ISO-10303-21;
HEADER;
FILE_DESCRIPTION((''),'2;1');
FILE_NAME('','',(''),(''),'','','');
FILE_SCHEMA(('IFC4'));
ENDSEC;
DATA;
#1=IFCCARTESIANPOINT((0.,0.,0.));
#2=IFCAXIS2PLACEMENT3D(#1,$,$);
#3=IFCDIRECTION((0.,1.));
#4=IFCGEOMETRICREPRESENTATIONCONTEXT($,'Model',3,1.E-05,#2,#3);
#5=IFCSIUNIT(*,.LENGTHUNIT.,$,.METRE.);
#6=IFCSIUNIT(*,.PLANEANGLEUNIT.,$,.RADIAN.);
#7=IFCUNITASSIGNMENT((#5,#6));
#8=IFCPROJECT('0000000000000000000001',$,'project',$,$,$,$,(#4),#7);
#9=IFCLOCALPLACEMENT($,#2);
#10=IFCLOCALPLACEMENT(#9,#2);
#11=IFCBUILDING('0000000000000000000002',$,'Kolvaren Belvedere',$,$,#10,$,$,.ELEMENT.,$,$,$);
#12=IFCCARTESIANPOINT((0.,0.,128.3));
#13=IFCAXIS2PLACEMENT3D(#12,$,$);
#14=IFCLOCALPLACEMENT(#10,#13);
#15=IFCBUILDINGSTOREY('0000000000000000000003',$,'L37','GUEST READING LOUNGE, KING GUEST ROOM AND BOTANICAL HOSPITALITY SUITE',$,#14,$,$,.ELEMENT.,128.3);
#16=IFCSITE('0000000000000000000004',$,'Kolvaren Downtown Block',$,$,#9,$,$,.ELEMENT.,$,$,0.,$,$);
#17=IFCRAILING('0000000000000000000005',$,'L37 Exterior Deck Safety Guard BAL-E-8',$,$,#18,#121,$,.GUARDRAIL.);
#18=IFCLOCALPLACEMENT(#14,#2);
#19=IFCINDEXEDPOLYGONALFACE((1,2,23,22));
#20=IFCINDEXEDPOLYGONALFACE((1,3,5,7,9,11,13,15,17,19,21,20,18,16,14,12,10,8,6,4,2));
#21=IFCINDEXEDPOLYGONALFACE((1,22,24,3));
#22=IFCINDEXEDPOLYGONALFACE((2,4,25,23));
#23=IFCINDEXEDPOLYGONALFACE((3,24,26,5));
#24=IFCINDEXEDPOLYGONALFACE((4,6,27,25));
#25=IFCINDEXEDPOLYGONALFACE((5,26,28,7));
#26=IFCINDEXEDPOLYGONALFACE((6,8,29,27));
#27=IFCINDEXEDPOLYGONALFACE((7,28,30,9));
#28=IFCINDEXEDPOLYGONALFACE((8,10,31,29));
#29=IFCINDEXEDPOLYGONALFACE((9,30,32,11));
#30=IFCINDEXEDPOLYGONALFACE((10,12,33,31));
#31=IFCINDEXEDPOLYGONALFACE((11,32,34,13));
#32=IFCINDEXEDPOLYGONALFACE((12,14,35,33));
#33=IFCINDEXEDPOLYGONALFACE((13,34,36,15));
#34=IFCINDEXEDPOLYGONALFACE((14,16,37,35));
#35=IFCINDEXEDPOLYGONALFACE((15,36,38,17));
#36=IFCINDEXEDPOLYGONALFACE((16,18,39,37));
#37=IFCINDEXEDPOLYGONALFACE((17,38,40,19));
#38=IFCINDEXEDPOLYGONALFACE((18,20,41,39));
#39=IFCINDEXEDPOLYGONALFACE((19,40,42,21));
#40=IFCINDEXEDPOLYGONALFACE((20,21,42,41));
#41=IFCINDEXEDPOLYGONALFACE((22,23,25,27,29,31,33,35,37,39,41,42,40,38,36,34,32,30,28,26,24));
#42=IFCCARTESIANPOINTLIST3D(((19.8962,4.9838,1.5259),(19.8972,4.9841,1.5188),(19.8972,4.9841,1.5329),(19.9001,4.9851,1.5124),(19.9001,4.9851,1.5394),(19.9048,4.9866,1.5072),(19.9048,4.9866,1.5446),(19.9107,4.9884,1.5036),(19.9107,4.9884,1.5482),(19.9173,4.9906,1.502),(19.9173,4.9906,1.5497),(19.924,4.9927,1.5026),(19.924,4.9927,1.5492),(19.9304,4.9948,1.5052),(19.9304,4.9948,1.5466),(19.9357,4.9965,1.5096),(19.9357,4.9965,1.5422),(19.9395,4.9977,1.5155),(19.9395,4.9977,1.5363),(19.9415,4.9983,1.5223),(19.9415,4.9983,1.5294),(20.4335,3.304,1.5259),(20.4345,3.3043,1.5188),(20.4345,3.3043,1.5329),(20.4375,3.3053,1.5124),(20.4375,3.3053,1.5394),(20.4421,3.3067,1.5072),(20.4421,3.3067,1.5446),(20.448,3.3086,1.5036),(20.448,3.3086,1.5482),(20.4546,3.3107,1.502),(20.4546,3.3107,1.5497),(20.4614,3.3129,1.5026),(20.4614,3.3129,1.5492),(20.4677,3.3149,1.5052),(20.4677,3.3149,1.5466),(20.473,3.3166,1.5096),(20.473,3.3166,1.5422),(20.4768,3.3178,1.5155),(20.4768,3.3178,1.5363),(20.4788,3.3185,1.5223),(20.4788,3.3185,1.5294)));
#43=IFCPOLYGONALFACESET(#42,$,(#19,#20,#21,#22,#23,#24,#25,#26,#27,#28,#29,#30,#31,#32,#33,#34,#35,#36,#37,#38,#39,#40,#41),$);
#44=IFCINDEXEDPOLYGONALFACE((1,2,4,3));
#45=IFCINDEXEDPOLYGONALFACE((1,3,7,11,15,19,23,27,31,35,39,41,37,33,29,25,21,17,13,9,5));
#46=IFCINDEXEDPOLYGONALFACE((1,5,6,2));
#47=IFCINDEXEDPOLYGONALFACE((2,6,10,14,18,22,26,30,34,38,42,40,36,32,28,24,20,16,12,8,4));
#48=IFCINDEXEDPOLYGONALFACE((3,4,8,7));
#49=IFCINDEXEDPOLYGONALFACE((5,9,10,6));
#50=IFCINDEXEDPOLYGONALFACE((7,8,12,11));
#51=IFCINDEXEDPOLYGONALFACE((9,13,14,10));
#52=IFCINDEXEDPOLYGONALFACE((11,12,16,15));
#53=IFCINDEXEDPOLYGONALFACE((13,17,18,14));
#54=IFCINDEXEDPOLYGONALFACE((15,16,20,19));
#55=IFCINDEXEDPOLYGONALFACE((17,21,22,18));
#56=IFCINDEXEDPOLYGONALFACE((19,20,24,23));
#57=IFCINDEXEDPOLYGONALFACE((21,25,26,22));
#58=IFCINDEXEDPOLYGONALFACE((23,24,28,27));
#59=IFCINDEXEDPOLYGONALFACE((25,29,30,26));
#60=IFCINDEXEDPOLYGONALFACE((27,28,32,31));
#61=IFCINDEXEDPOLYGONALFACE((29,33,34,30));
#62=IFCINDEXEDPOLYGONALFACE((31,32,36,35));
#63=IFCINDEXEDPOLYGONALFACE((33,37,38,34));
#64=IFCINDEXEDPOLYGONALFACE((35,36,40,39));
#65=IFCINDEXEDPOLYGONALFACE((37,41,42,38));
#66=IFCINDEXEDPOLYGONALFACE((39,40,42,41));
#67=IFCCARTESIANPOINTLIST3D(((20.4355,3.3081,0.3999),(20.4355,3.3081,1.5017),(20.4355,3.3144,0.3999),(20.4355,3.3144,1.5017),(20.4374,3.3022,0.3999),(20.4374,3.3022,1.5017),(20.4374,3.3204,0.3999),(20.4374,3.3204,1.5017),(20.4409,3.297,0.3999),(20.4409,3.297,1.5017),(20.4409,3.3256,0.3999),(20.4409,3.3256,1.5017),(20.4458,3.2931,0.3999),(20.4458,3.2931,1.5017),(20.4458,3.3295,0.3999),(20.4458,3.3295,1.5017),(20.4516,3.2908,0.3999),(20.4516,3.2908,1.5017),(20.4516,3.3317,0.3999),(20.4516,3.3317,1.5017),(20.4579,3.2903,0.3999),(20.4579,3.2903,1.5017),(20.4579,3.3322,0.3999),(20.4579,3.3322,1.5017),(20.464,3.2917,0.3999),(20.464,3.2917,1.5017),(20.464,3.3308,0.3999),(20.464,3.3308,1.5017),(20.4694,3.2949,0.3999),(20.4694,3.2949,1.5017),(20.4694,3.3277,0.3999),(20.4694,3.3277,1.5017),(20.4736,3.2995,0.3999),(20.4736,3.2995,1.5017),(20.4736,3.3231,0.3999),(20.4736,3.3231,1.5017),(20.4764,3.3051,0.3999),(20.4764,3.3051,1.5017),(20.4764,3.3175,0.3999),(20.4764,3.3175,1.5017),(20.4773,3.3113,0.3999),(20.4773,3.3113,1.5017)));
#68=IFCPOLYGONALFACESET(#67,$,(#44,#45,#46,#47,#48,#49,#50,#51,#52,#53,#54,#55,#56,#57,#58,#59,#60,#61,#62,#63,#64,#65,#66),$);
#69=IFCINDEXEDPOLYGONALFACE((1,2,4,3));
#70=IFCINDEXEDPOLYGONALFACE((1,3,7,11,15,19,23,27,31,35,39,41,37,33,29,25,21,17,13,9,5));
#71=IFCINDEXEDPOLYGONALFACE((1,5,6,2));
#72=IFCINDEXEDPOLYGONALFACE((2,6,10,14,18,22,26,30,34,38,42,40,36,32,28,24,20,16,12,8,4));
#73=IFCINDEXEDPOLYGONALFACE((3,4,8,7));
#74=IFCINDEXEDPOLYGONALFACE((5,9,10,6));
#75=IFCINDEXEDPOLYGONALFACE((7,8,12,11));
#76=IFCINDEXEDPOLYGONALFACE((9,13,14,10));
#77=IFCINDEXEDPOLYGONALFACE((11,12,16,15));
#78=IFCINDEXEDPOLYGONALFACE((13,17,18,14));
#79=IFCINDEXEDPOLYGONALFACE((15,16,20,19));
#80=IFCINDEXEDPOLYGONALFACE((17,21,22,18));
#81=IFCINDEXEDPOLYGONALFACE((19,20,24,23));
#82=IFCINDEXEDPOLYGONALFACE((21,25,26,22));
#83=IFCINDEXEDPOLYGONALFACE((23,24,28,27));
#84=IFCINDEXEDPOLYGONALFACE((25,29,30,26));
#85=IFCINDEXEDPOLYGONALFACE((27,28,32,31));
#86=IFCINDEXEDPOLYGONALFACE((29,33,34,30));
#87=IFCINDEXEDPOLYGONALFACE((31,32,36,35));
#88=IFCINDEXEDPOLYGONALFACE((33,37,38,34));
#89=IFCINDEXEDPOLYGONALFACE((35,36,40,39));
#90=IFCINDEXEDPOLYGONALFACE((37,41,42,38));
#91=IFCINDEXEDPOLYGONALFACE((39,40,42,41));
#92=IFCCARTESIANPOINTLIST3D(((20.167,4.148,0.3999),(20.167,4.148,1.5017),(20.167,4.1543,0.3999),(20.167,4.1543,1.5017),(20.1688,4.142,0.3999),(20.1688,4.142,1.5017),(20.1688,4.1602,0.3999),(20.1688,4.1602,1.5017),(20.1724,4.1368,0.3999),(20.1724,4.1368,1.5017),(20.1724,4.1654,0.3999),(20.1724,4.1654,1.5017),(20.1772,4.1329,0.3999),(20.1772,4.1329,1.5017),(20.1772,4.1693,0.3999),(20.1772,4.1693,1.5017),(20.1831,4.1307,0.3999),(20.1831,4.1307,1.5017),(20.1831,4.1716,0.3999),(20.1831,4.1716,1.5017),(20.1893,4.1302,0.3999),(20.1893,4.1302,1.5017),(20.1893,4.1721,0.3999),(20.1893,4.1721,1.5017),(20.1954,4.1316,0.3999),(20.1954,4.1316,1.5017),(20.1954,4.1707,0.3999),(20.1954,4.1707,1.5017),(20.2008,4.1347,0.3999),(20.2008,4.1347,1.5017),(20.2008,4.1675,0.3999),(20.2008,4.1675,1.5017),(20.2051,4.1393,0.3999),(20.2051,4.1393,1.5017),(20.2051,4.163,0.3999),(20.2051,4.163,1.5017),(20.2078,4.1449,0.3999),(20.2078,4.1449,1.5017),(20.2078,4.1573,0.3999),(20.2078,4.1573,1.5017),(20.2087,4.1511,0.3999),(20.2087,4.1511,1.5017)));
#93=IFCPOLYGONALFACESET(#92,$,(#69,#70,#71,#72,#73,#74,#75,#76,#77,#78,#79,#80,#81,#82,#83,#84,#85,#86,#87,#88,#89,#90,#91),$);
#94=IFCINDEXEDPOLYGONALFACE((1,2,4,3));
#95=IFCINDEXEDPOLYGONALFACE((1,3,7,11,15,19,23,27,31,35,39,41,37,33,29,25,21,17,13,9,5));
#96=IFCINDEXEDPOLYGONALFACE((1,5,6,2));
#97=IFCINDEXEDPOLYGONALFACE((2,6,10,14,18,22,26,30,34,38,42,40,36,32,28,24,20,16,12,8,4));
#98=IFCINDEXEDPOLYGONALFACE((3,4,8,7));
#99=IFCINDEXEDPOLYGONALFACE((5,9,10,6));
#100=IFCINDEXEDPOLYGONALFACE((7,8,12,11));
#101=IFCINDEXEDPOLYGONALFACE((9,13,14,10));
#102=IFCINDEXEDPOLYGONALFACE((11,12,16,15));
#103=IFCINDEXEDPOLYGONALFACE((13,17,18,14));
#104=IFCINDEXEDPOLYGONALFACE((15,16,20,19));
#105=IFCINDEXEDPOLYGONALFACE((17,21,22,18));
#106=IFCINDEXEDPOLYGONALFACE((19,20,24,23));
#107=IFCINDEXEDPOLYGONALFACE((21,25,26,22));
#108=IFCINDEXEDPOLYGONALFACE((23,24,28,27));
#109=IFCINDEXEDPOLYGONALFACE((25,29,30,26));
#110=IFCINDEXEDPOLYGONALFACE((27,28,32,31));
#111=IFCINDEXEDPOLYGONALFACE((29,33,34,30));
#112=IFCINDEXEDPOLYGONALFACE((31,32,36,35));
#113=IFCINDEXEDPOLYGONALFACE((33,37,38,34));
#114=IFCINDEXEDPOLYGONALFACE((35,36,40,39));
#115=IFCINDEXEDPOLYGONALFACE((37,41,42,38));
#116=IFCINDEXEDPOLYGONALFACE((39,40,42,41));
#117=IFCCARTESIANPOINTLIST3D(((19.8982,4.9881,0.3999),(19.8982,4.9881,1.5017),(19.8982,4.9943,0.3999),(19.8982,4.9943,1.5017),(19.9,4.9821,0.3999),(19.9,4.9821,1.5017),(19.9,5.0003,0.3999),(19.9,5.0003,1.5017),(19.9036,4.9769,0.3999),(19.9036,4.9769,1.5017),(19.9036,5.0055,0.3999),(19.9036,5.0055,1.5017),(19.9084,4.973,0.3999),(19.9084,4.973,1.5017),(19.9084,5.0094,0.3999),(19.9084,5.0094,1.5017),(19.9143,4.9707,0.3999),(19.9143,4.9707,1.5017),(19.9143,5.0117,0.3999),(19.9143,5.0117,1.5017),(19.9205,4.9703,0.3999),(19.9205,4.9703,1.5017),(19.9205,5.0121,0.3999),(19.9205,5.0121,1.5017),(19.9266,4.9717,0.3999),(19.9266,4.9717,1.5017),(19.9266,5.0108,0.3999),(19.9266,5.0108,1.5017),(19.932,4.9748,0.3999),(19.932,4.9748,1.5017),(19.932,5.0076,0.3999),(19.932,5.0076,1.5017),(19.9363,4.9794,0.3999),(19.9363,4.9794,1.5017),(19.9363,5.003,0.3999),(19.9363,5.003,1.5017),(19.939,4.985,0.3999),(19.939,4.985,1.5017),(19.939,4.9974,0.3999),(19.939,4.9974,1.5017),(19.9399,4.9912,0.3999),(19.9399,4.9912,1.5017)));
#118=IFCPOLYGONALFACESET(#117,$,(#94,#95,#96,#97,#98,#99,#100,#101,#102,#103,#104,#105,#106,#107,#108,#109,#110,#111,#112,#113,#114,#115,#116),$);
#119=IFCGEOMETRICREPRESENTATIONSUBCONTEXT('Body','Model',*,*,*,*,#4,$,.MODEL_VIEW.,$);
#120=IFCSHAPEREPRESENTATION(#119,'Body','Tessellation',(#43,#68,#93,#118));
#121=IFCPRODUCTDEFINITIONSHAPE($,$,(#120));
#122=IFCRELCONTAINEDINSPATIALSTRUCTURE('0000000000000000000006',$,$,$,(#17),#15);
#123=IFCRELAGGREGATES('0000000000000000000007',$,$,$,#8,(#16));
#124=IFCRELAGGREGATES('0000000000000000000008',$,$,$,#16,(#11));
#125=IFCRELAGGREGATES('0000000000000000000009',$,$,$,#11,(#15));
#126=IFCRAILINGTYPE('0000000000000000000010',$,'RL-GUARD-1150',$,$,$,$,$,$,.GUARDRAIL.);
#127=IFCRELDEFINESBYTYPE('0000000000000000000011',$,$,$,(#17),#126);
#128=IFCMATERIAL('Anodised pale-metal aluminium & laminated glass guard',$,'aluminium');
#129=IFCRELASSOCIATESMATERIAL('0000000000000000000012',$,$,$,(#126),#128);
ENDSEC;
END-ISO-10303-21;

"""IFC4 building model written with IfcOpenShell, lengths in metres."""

from ifc_helpers import new_model, si_unit, direction, frame, origin, origin_2d, place, context, subcontext, project, spatial, circle, extrude, material, type_object, element, save


model = new_model("IFC4")

# Units and contexts
model_context = context("Model", 3, precision=1e-05, world=origin(), true_north=direction((0.0, 1.0)))
body_context = subcontext(model_context, "Body", "Model", "MODEL_VIEW")
ifc_project = project(units=[si_unit("LENGTHUNIT", "METRE"), si_unit("PLANEANGLEUNIT", "RADIAN")], contexts=[model_context])

# Site, building, storey
site_placement = place(None, origin())
site = spatial("IfcSite", under=ifc_project, at=site_placement, Name="Kolvaren Downtown Block", CompositionType="ELEMENT", RefElevation=0.0)
building_placement = place(site_placement, origin())
building = spatial("IfcBuilding", under=site, at=building_placement, Name="Kolvaren Belvedere", CompositionType="ELEMENT")
storey_placement = place(building_placement, frame((0.0, 0.0, 128.3)))
storey = spatial("IfcBuildingStorey", under=building, at=storey_placement, Name="L37", Description="GUEST READING LOUNGE, KING GUEST ROOM AND BOTANICAL HOSPITALITY SUITE", CompositionType="ELEMENT", Elevation=128.3)

# Railing
ifc_material_1 = material(Name="Anodised pale-metal aluminium & laminated glass guard", Category="aluminium")
railing_type = type_object("IfcRailingType", Name="RL-GUARD-1150", PredefinedType="GUARDRAIL", material=ifc_material_1)
railing_1_placement = place(storey_placement, frame((20.4563, 3.3113, 0.3999)))
element("IfcRailing", 1, at=railing_1_placement, inside=storey, type_object=railing_type, Name="L37 Exterior Deck Safety Guard BAL-E-8", PredefinedType="GUARDRAIL", context=body_context, shape_type="SweptSolid", body=[
    extrude(circle(Radius=0.0239, at=origin_2d()), frame((0.0, 0.0, 1.126), z_axis=(-0.30466, 0.952461, 0.0), x_axis=(-0.952461, -0.30466, 0.0)), (0.0, 0.0, 1.0), 1.7637),
    extrude(circle(Radius=0.021, at=origin_2d()), origin(), (0.0, 0.0, 1.0), 1.1018),
    extrude(circle(Radius=0.021, at=origin_2d()), frame((-0.2686, 0.8398, 0.0)), (0.0, 0.0, 1.0), 1.1018),
    extrude(circle(Radius=0.021, at=origin_2d()), frame((-0.5374, 1.6799, 0.0)), (0.0, 0.0, 1.0), 1.1018),
])

save(model, "model.ifc")
